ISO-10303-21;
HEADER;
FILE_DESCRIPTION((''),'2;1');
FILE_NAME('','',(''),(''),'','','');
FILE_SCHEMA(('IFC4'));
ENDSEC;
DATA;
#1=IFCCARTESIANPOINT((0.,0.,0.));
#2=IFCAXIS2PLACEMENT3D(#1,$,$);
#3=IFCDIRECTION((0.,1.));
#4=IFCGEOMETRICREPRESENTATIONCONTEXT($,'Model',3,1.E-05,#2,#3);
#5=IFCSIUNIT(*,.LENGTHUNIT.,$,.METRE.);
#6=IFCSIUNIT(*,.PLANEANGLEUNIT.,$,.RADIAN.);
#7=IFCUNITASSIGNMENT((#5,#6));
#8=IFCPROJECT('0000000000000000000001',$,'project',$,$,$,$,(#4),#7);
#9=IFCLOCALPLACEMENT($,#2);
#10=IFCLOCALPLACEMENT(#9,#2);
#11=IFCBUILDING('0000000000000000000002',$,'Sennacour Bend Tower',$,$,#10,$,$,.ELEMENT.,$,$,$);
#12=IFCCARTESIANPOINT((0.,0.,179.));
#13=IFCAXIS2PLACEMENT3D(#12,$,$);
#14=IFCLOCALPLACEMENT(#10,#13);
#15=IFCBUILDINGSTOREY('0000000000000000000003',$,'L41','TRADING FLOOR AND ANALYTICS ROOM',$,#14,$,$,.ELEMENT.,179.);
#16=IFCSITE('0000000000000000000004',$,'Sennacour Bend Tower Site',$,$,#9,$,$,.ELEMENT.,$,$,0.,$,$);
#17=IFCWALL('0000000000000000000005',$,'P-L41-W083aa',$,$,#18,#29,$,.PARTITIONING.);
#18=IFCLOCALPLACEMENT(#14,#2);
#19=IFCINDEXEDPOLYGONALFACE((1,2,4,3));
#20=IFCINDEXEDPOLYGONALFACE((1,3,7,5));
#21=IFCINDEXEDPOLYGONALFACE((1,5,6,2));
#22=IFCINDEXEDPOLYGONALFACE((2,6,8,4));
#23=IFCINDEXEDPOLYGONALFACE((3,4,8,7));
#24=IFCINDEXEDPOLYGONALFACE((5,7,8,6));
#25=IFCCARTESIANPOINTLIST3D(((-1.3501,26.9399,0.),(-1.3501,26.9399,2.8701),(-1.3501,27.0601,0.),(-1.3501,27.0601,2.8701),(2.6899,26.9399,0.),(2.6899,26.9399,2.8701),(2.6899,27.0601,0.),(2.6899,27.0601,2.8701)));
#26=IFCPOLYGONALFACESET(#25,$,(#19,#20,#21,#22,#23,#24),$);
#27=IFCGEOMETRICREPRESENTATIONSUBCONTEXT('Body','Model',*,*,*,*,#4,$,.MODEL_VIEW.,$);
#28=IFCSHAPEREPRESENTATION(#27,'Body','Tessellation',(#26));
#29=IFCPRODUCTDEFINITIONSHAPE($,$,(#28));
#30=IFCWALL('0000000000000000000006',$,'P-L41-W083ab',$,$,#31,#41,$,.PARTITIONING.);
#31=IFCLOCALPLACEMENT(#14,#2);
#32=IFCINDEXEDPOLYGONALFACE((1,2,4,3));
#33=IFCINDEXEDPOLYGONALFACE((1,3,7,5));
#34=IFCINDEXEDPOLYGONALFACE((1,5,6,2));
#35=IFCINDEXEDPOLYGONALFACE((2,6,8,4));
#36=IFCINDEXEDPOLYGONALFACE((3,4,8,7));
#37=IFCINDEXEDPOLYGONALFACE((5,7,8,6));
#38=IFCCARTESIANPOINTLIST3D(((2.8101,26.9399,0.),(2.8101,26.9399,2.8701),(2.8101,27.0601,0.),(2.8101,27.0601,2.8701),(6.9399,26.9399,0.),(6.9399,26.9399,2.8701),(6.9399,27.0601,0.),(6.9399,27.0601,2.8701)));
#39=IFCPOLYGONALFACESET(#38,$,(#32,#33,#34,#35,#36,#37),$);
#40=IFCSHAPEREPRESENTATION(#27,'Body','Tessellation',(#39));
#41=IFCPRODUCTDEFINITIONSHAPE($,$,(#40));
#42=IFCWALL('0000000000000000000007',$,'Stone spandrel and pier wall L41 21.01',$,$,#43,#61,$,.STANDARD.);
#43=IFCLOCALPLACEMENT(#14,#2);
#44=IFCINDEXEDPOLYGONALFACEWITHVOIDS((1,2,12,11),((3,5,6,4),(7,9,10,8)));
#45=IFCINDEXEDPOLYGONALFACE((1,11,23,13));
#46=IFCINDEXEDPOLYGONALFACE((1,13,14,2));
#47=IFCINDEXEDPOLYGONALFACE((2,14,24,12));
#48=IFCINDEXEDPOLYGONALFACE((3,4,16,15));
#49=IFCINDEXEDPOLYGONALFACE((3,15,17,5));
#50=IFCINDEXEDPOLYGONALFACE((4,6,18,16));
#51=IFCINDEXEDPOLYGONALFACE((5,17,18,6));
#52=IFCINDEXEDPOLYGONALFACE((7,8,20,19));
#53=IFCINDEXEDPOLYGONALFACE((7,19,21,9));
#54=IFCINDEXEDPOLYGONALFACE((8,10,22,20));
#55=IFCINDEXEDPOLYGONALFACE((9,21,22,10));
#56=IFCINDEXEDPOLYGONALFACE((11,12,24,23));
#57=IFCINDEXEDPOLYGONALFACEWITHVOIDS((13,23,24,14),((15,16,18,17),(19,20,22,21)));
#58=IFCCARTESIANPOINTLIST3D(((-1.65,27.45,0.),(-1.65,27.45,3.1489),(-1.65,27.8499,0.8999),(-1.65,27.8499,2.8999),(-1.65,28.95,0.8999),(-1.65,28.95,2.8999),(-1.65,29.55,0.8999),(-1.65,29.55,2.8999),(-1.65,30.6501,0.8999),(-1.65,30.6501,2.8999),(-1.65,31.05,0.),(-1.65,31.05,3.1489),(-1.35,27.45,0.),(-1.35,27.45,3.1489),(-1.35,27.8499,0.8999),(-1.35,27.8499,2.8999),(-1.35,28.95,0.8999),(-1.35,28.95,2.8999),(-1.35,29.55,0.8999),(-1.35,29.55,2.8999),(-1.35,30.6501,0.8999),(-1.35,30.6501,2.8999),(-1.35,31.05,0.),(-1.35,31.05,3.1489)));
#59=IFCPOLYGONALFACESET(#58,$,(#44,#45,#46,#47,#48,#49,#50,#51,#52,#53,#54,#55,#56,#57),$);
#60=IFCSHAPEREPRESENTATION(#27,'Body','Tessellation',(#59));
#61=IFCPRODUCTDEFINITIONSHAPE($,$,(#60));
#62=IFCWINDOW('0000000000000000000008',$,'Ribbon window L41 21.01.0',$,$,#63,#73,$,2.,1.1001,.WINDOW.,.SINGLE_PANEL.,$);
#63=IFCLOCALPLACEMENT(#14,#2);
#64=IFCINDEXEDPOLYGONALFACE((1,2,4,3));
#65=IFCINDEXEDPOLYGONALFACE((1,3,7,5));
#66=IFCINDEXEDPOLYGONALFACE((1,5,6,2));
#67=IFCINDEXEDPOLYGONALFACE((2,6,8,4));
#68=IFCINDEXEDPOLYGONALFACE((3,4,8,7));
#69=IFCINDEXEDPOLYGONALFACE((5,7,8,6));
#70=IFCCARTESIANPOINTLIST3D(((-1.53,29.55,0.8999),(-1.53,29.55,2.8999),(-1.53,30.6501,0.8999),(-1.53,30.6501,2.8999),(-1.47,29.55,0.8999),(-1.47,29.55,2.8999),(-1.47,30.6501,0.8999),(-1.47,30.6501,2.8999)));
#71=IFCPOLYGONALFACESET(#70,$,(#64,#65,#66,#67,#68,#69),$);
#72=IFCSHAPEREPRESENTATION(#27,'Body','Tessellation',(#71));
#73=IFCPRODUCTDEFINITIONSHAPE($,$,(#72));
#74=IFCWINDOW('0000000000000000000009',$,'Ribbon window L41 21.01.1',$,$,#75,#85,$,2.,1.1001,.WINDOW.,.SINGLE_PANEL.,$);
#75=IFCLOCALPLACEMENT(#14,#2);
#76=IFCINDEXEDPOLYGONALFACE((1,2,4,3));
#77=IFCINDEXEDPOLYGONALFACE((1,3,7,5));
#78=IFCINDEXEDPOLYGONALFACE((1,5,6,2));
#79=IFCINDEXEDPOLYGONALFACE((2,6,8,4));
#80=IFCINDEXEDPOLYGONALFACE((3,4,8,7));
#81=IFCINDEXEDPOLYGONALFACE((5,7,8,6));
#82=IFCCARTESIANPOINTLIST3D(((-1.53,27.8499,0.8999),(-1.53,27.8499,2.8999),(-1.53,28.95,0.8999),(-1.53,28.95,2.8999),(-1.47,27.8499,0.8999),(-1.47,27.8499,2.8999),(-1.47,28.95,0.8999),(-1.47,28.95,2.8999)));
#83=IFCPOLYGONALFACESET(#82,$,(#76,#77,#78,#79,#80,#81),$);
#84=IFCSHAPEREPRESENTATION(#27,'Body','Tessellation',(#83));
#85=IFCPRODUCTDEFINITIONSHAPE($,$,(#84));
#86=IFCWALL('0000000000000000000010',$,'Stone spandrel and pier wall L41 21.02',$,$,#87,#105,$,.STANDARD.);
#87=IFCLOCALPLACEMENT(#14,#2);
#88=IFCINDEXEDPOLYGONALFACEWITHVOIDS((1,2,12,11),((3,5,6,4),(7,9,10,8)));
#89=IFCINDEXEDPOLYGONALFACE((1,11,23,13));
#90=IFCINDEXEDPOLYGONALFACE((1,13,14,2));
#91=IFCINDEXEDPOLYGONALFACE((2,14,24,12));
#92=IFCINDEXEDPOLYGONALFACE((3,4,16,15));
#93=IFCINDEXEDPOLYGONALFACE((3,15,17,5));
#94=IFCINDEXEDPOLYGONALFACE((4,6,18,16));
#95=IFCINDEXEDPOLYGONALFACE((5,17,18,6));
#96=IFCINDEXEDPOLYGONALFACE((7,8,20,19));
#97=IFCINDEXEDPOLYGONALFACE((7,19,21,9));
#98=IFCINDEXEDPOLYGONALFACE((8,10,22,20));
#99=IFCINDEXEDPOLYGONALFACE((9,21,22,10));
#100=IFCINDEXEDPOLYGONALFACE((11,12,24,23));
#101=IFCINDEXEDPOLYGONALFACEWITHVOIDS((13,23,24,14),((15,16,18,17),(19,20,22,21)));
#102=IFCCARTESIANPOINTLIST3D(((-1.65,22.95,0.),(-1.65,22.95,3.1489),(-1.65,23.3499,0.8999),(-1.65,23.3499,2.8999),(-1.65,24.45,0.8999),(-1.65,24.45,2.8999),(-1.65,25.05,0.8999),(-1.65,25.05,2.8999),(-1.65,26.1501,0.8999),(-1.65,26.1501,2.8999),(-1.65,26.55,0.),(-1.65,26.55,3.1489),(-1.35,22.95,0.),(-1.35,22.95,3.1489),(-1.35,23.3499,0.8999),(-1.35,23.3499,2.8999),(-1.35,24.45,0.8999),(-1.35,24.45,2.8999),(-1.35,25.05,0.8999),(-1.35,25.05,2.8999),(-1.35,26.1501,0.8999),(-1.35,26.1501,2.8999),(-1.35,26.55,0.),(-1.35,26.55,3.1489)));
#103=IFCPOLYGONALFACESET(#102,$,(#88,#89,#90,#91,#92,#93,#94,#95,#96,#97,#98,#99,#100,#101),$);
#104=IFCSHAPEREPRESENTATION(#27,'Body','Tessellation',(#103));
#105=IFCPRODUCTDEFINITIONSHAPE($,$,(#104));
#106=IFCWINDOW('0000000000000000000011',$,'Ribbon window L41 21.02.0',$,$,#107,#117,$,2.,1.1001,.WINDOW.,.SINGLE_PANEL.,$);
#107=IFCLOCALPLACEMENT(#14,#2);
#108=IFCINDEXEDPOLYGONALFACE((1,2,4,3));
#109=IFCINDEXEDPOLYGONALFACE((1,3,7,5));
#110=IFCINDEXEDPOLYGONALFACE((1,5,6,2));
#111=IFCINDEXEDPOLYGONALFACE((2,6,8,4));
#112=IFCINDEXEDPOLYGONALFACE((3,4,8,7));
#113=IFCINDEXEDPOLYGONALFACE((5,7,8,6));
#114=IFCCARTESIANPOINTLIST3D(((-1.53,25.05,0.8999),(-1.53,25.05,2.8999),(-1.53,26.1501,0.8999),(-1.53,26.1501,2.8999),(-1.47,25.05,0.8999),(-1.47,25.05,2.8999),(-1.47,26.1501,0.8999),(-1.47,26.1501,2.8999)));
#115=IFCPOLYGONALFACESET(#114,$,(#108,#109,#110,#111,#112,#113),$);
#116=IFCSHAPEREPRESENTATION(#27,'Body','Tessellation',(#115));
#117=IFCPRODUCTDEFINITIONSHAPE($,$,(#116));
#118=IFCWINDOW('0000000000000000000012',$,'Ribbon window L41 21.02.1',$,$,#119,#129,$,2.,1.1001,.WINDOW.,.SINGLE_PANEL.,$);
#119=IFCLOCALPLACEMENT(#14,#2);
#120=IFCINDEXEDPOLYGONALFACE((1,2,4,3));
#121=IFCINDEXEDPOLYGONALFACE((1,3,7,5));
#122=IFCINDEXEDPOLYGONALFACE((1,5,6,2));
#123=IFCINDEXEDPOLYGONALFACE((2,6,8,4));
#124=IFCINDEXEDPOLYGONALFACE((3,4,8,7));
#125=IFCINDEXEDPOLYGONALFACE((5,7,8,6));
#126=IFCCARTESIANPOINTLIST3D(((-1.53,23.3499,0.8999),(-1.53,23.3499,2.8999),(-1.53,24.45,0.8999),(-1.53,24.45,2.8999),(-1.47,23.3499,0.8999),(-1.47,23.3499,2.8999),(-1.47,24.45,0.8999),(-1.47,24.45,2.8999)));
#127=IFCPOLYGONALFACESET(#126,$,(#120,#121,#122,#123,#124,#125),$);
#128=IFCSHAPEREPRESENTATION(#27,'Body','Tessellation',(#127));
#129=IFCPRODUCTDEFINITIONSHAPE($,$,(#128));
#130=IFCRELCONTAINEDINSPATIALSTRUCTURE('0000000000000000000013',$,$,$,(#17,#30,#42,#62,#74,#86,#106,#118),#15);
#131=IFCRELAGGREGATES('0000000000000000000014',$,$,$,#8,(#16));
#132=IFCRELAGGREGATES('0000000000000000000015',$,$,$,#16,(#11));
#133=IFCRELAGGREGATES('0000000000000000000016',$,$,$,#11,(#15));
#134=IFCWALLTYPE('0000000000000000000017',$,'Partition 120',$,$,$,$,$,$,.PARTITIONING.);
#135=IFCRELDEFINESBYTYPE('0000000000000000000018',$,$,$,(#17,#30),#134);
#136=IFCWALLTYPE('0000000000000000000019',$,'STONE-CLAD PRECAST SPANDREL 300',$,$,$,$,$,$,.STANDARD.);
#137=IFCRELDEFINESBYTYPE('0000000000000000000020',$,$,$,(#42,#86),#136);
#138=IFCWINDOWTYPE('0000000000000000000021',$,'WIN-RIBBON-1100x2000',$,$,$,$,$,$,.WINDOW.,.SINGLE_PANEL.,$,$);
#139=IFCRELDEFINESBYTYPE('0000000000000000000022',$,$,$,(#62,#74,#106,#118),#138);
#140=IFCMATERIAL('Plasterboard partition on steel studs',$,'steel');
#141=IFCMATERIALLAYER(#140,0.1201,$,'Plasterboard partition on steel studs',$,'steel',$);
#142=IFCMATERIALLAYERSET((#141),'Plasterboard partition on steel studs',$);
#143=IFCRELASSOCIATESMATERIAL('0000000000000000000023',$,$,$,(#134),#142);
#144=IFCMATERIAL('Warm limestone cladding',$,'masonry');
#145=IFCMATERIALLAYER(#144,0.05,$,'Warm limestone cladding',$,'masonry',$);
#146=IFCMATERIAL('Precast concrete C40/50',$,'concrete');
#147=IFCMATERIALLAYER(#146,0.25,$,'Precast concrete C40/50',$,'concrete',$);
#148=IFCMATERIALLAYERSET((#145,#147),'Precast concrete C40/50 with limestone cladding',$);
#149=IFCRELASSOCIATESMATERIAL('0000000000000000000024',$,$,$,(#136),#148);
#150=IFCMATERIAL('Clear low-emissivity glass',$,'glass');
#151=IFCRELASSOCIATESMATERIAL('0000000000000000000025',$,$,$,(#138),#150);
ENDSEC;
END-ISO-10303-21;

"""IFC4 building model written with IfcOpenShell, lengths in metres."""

from ifc_helpers import new_model, si_unit, direction, frame, frame_2d, origin, place, context, subcontext, project, spatial, rectangle, extrude, material, layer, layer_set, type_object, element, fill, save


model = new_model("IFC4")

# Units and contexts
model_context = context("Model", 3, precision=1e-05, world=origin(), true_north=direction((0.0, 1.0)))
body_context = subcontext(model_context, "Body", "Model", "MODEL_VIEW")
ifc_project = project(units=[si_unit("LENGTHUNIT", "METRE"), si_unit("PLANEANGLEUNIT", "RADIAN")], contexts=[model_context])

# Site, building, storey
site_placement = place(None, origin())
site = spatial("IfcSite", under=ifc_project, at=site_placement, Name="Sennacour Bend Tower Site", CompositionType="ELEMENT", RefElevation=0.0)
building_placement = place(site_placement, origin())
building = spatial("IfcBuilding", under=site, at=building_placement, Name="Sennacour Bend Tower", CompositionType="ELEMENT")
storey_placement = place(building_placement, frame((0.0, 0.0, 179.0)))
storey = spatial("IfcBuildingStorey", under=building, at=storey_placement, Name="L41", Description="TRADING FLOOR AND ANALYTICS ROOM", CompositionType="ELEMENT", Elevation=179.0)

# Walls
ifc_material_1 = material(Name="Plasterboard partition on steel studs", Category="steel")
ifc_layer_1 = layer(ifc_material_1, 0.1201, Name="Plasterboard partition on steel studs", Category="steel")
ifc_layer_set_1 = layer_set([ifc_layer_1], Name="Plasterboard partition on steel studs")
wall_type_1 = type_object("IfcWallType", Name="Partition 120", PredefinedType="PARTITIONING", material=ifc_layer_set_1)
wall_1_placement = place(storey_placement, frame((-1.3501, 27.0, 0.0), z_axis=(0.0, 0.0, 1.0), x_axis=(1.0, 0.0, 0.0)))
element("IfcWall", 1, at=wall_1_placement, inside=storey, type_object=wall_type_1, Name="P-L41-W083aa", PredefinedType="PARTITIONING", context=body_context, shape_type="SweptSolid", body=[
    extrude(rectangle(XDim=4.04, YDim=0.1201, at=frame_2d((2.02, 0.0))), origin(), (0.0, 0.0, 1.0), 2.8701),
])
wall_2_placement = place(storey_placement, frame((2.8101, 27.0, 0.0), z_axis=(0.0, 0.0, 1.0), x_axis=(1.0, 0.0, 0.0)))
element("IfcWall", 2, at=wall_2_placement, inside=storey, type_object=wall_type_1, Name="P-L41-W083ab", PredefinedType="PARTITIONING", context=body_context, shape_type="SweptSolid", body=[
    extrude(rectangle(XDim=4.1299, YDim=0.1201, at=frame_2d((2.0649, 0.0))), origin(), (0.0, 0.0, 1.0), 2.8701),
])

# Walls, openings, windows
ifc_material_2 = material(Name="Warm limestone cladding", Category="masonry")
ifc_layer_2 = layer(ifc_material_2, 0.05, Name="Warm limestone cladding", Category="masonry")
ifc_material_3 = material(Name="Precast concrete C40/50", Category="concrete")
ifc_layer_3 = layer(ifc_material_3, 0.25, Name="Precast concrete C40/50", Category="concrete")
ifc_layer_set_2 = layer_set([ifc_layer_2, ifc_layer_3], Name="Precast concrete C40/50 with limestone cladding")
wall_type_2 = type_object("IfcWallType", Name="STONE-CLAD PRECAST SPANDREL 300", PredefinedType="STANDARD", material=ifc_layer_set_2)
wall_3_placement = place(storey_placement, frame((-1.5, 31.05, 0.0), z_axis=(0.0, 0.0, 1.0), x_axis=(0.0, -1.0, 0.0)))
wall_3 = element("IfcWall", 3, at=wall_3_placement, inside=storey, type_object=wall_type_2, Name="Stone spandrel and pier wall L41 21.01", PredefinedType="STANDARD", context=body_context, shape_type="SweptSolid", body=[
    extrude(rectangle(XDim=3.6001, YDim=0.3, at=frame_2d((1.8, 0.0))), origin(), (0.0, 0.0, 1.0), 3.1489),
])
opening_1_placement = place(wall_3_placement, frame((0.3999, 0.0, 0.8999)))
opening_1 = element("IfcOpeningElement", 4, at=opening_1_placement, cuts=wall_3, PredefinedType="OPENING", context=body_context, shape_type="SweptSolid", body=[
    extrude(rectangle(XDim=1.1001, YDim=2.0, at=frame_2d((0.55, 1.0))), frame((0.0, 0.1602, 0.0), z_axis=(0.0, -1.0, 0.0), x_axis=(1.0, 0.0, 0.0)), (0.0, 0.0, 1.0), 0.3201),
])
opening_2_placement = place(wall_3_placement, frame((2.1001, 0.0, 0.8999)))
opening_2 = element("IfcOpeningElement", 5, at=opening_2_placement, cuts=wall_3, PredefinedType="OPENING", context=body_context, shape_type="SweptSolid", body=[
    extrude(rectangle(XDim=1.1001, YDim=2.0, at=frame_2d((0.55, 1.0))), frame((0.0, 0.1602, 0.0), z_axis=(0.0, -1.0, 0.0), x_axis=(1.0, 0.0, 0.0)), (0.0, 0.0, 1.0), 0.3201),
])
ifc_material_4 = material(Name="Clear low-emissivity glass", Category="glass")
window_type = type_object("IfcWindowType", Name="WIN-RIBBON-1100x2000", PartitioningType="SINGLE_PANEL", PredefinedType="WINDOW", material=ifc_material_4)
window_1_placement = place(opening_1_placement, origin())
window_1 = element("IfcWindow", 6, at=window_1_placement, inside=storey, type_object=window_type, Name="Ribbon window L41 21.01.0", OverallHeight=2.0, OverallWidth=1.1001, PartitioningType="SINGLE_PANEL", PredefinedType="WINDOW", context=body_context, shape_type="SweptSolid", body=[
    extrude(rectangle(XDim=1.1001, YDim=2.0, at=frame_2d((0.55, 1.0))), frame((0.0, 0.03, 0.0), z_axis=(0.0, -1.0, 0.0), x_axis=(1.0, 0.0, 0.0)), (0.0, 0.0, 1.0), 0.0601),
])
fill(opening_1, window_1)
window_2_placement = place(opening_2_placement, origin())
window_2 = element("IfcWindow", 7, at=window_2_placement, inside=storey, type_object=window_type, Name="Ribbon window L41 21.01.1", OverallHeight=2.0, OverallWidth=1.1001, PartitioningType="SINGLE_PANEL", PredefinedType="WINDOW", context=body_context, shape_type="SweptSolid", body=[
    extrude(rectangle(XDim=1.1001, YDim=2.0, at=frame_2d((0.55, 1.0))), frame((0.0, 0.03, 0.0), z_axis=(0.0, -1.0, 0.0), x_axis=(1.0, 0.0, 0.0)), (0.0, 0.0, 1.0), 0.0601),
])
fill(opening_2, window_2)
wall_4_placement = place(storey_placement, frame((-1.5, 26.55, 0.0), z_axis=(0.0, 0.0, 1.0), x_axis=(0.0, -1.0, 0.0)))
wall_4 = element("IfcWall", 8, at=wall_4_placement, inside=storey, type_object=wall_type_2, Name="Stone spandrel and pier wall L41 21.02", PredefinedType="STANDARD", context=body_context, shape_type="SweptSolid", body=[
    extrude(rectangle(XDim=3.6001, YDim=0.3, at=frame_2d((1.8, 0.0))), origin(), (0.0, 0.0, 1.0), 3.1489),
])
opening_3_placement = place(wall_4_placement, frame((0.3999, 0.0, 0.8999)))
opening_3 = element("IfcOpeningElement", 9, at=opening_3_placement, cuts=wall_4, PredefinedType="OPENING", context=body_context, shape_type="SweptSolid", body=[
    extrude(rectangle(XDim=1.1001, YDim=2.0, at=frame_2d((0.55, 1.0))), frame((0.0, 0.1602, 0.0), z_axis=(0.0, -1.0, 0.0), x_axis=(1.0, 0.0, 0.0)), (0.0, 0.0, 1.0), 0.3201),
])
opening_4_placement = place(wall_4_placement, frame((2.1001, 0.0, 0.8999)))
opening_4 = element("IfcOpeningElement", 10, at=opening_4_placement, cuts=wall_4, PredefinedType="OPENING", context=body_context, shape_type="SweptSolid", body=[
    extrude(rectangle(XDim=1.1001, YDim=2.0, at=frame_2d((0.55, 1.0))), frame((0.0, 0.1602, 0.0), z_axis=(0.0, -1.0, 0.0), x_axis=(1.0, 0.0, 0.0)), (0.0, 0.0, 1.0), 0.3201),
])
window_3_placement = place(opening_3_placement, origin())
window_3 = element("IfcWindow", 11, at=window_3_placement, inside=storey, type_object=window_type, Name="Ribbon window L41 21.02.0", OverallHeight=2.0, OverallWidth=1.1001, PartitioningType="SINGLE_PANEL", PredefinedType="WINDOW", context=body_context, shape_type="SweptSolid", body=[
    extrude(rectangle(XDim=1.1001, YDim=2.0, at=frame_2d((0.55, 1.0))), frame((0.0, 0.03, 0.0), z_axis=(0.0, -1.0, 0.0), x_axis=(1.0, 0.0, 0.0)), (0.0, 0.0, 1.0), 0.0601),
])
fill(opening_3, window_3)
window_4_placement = place(opening_4_placement, origin())
window_4 = element("IfcWindow", 12, at=window_4_placement, inside=storey, type_object=window_type, Name="Ribbon window L41 21.02.1", OverallHeight=2.0, OverallWidth=1.1001, PartitioningType="SINGLE_PANEL", PredefinedType="WINDOW", context=body_context, shape_type="SweptSolid", body=[
    extrude(rectangle(XDim=1.1001, YDim=2.0, at=frame_2d((0.55, 1.0))), frame((0.0, 0.03, 0.0), z_axis=(0.0, -1.0, 0.0), x_axis=(1.0, 0.0, 0.0)), (0.0, 0.0, 1.0), 0.0601),
])
fill(opening_4, window_4)

save(model, "model.ifc")
